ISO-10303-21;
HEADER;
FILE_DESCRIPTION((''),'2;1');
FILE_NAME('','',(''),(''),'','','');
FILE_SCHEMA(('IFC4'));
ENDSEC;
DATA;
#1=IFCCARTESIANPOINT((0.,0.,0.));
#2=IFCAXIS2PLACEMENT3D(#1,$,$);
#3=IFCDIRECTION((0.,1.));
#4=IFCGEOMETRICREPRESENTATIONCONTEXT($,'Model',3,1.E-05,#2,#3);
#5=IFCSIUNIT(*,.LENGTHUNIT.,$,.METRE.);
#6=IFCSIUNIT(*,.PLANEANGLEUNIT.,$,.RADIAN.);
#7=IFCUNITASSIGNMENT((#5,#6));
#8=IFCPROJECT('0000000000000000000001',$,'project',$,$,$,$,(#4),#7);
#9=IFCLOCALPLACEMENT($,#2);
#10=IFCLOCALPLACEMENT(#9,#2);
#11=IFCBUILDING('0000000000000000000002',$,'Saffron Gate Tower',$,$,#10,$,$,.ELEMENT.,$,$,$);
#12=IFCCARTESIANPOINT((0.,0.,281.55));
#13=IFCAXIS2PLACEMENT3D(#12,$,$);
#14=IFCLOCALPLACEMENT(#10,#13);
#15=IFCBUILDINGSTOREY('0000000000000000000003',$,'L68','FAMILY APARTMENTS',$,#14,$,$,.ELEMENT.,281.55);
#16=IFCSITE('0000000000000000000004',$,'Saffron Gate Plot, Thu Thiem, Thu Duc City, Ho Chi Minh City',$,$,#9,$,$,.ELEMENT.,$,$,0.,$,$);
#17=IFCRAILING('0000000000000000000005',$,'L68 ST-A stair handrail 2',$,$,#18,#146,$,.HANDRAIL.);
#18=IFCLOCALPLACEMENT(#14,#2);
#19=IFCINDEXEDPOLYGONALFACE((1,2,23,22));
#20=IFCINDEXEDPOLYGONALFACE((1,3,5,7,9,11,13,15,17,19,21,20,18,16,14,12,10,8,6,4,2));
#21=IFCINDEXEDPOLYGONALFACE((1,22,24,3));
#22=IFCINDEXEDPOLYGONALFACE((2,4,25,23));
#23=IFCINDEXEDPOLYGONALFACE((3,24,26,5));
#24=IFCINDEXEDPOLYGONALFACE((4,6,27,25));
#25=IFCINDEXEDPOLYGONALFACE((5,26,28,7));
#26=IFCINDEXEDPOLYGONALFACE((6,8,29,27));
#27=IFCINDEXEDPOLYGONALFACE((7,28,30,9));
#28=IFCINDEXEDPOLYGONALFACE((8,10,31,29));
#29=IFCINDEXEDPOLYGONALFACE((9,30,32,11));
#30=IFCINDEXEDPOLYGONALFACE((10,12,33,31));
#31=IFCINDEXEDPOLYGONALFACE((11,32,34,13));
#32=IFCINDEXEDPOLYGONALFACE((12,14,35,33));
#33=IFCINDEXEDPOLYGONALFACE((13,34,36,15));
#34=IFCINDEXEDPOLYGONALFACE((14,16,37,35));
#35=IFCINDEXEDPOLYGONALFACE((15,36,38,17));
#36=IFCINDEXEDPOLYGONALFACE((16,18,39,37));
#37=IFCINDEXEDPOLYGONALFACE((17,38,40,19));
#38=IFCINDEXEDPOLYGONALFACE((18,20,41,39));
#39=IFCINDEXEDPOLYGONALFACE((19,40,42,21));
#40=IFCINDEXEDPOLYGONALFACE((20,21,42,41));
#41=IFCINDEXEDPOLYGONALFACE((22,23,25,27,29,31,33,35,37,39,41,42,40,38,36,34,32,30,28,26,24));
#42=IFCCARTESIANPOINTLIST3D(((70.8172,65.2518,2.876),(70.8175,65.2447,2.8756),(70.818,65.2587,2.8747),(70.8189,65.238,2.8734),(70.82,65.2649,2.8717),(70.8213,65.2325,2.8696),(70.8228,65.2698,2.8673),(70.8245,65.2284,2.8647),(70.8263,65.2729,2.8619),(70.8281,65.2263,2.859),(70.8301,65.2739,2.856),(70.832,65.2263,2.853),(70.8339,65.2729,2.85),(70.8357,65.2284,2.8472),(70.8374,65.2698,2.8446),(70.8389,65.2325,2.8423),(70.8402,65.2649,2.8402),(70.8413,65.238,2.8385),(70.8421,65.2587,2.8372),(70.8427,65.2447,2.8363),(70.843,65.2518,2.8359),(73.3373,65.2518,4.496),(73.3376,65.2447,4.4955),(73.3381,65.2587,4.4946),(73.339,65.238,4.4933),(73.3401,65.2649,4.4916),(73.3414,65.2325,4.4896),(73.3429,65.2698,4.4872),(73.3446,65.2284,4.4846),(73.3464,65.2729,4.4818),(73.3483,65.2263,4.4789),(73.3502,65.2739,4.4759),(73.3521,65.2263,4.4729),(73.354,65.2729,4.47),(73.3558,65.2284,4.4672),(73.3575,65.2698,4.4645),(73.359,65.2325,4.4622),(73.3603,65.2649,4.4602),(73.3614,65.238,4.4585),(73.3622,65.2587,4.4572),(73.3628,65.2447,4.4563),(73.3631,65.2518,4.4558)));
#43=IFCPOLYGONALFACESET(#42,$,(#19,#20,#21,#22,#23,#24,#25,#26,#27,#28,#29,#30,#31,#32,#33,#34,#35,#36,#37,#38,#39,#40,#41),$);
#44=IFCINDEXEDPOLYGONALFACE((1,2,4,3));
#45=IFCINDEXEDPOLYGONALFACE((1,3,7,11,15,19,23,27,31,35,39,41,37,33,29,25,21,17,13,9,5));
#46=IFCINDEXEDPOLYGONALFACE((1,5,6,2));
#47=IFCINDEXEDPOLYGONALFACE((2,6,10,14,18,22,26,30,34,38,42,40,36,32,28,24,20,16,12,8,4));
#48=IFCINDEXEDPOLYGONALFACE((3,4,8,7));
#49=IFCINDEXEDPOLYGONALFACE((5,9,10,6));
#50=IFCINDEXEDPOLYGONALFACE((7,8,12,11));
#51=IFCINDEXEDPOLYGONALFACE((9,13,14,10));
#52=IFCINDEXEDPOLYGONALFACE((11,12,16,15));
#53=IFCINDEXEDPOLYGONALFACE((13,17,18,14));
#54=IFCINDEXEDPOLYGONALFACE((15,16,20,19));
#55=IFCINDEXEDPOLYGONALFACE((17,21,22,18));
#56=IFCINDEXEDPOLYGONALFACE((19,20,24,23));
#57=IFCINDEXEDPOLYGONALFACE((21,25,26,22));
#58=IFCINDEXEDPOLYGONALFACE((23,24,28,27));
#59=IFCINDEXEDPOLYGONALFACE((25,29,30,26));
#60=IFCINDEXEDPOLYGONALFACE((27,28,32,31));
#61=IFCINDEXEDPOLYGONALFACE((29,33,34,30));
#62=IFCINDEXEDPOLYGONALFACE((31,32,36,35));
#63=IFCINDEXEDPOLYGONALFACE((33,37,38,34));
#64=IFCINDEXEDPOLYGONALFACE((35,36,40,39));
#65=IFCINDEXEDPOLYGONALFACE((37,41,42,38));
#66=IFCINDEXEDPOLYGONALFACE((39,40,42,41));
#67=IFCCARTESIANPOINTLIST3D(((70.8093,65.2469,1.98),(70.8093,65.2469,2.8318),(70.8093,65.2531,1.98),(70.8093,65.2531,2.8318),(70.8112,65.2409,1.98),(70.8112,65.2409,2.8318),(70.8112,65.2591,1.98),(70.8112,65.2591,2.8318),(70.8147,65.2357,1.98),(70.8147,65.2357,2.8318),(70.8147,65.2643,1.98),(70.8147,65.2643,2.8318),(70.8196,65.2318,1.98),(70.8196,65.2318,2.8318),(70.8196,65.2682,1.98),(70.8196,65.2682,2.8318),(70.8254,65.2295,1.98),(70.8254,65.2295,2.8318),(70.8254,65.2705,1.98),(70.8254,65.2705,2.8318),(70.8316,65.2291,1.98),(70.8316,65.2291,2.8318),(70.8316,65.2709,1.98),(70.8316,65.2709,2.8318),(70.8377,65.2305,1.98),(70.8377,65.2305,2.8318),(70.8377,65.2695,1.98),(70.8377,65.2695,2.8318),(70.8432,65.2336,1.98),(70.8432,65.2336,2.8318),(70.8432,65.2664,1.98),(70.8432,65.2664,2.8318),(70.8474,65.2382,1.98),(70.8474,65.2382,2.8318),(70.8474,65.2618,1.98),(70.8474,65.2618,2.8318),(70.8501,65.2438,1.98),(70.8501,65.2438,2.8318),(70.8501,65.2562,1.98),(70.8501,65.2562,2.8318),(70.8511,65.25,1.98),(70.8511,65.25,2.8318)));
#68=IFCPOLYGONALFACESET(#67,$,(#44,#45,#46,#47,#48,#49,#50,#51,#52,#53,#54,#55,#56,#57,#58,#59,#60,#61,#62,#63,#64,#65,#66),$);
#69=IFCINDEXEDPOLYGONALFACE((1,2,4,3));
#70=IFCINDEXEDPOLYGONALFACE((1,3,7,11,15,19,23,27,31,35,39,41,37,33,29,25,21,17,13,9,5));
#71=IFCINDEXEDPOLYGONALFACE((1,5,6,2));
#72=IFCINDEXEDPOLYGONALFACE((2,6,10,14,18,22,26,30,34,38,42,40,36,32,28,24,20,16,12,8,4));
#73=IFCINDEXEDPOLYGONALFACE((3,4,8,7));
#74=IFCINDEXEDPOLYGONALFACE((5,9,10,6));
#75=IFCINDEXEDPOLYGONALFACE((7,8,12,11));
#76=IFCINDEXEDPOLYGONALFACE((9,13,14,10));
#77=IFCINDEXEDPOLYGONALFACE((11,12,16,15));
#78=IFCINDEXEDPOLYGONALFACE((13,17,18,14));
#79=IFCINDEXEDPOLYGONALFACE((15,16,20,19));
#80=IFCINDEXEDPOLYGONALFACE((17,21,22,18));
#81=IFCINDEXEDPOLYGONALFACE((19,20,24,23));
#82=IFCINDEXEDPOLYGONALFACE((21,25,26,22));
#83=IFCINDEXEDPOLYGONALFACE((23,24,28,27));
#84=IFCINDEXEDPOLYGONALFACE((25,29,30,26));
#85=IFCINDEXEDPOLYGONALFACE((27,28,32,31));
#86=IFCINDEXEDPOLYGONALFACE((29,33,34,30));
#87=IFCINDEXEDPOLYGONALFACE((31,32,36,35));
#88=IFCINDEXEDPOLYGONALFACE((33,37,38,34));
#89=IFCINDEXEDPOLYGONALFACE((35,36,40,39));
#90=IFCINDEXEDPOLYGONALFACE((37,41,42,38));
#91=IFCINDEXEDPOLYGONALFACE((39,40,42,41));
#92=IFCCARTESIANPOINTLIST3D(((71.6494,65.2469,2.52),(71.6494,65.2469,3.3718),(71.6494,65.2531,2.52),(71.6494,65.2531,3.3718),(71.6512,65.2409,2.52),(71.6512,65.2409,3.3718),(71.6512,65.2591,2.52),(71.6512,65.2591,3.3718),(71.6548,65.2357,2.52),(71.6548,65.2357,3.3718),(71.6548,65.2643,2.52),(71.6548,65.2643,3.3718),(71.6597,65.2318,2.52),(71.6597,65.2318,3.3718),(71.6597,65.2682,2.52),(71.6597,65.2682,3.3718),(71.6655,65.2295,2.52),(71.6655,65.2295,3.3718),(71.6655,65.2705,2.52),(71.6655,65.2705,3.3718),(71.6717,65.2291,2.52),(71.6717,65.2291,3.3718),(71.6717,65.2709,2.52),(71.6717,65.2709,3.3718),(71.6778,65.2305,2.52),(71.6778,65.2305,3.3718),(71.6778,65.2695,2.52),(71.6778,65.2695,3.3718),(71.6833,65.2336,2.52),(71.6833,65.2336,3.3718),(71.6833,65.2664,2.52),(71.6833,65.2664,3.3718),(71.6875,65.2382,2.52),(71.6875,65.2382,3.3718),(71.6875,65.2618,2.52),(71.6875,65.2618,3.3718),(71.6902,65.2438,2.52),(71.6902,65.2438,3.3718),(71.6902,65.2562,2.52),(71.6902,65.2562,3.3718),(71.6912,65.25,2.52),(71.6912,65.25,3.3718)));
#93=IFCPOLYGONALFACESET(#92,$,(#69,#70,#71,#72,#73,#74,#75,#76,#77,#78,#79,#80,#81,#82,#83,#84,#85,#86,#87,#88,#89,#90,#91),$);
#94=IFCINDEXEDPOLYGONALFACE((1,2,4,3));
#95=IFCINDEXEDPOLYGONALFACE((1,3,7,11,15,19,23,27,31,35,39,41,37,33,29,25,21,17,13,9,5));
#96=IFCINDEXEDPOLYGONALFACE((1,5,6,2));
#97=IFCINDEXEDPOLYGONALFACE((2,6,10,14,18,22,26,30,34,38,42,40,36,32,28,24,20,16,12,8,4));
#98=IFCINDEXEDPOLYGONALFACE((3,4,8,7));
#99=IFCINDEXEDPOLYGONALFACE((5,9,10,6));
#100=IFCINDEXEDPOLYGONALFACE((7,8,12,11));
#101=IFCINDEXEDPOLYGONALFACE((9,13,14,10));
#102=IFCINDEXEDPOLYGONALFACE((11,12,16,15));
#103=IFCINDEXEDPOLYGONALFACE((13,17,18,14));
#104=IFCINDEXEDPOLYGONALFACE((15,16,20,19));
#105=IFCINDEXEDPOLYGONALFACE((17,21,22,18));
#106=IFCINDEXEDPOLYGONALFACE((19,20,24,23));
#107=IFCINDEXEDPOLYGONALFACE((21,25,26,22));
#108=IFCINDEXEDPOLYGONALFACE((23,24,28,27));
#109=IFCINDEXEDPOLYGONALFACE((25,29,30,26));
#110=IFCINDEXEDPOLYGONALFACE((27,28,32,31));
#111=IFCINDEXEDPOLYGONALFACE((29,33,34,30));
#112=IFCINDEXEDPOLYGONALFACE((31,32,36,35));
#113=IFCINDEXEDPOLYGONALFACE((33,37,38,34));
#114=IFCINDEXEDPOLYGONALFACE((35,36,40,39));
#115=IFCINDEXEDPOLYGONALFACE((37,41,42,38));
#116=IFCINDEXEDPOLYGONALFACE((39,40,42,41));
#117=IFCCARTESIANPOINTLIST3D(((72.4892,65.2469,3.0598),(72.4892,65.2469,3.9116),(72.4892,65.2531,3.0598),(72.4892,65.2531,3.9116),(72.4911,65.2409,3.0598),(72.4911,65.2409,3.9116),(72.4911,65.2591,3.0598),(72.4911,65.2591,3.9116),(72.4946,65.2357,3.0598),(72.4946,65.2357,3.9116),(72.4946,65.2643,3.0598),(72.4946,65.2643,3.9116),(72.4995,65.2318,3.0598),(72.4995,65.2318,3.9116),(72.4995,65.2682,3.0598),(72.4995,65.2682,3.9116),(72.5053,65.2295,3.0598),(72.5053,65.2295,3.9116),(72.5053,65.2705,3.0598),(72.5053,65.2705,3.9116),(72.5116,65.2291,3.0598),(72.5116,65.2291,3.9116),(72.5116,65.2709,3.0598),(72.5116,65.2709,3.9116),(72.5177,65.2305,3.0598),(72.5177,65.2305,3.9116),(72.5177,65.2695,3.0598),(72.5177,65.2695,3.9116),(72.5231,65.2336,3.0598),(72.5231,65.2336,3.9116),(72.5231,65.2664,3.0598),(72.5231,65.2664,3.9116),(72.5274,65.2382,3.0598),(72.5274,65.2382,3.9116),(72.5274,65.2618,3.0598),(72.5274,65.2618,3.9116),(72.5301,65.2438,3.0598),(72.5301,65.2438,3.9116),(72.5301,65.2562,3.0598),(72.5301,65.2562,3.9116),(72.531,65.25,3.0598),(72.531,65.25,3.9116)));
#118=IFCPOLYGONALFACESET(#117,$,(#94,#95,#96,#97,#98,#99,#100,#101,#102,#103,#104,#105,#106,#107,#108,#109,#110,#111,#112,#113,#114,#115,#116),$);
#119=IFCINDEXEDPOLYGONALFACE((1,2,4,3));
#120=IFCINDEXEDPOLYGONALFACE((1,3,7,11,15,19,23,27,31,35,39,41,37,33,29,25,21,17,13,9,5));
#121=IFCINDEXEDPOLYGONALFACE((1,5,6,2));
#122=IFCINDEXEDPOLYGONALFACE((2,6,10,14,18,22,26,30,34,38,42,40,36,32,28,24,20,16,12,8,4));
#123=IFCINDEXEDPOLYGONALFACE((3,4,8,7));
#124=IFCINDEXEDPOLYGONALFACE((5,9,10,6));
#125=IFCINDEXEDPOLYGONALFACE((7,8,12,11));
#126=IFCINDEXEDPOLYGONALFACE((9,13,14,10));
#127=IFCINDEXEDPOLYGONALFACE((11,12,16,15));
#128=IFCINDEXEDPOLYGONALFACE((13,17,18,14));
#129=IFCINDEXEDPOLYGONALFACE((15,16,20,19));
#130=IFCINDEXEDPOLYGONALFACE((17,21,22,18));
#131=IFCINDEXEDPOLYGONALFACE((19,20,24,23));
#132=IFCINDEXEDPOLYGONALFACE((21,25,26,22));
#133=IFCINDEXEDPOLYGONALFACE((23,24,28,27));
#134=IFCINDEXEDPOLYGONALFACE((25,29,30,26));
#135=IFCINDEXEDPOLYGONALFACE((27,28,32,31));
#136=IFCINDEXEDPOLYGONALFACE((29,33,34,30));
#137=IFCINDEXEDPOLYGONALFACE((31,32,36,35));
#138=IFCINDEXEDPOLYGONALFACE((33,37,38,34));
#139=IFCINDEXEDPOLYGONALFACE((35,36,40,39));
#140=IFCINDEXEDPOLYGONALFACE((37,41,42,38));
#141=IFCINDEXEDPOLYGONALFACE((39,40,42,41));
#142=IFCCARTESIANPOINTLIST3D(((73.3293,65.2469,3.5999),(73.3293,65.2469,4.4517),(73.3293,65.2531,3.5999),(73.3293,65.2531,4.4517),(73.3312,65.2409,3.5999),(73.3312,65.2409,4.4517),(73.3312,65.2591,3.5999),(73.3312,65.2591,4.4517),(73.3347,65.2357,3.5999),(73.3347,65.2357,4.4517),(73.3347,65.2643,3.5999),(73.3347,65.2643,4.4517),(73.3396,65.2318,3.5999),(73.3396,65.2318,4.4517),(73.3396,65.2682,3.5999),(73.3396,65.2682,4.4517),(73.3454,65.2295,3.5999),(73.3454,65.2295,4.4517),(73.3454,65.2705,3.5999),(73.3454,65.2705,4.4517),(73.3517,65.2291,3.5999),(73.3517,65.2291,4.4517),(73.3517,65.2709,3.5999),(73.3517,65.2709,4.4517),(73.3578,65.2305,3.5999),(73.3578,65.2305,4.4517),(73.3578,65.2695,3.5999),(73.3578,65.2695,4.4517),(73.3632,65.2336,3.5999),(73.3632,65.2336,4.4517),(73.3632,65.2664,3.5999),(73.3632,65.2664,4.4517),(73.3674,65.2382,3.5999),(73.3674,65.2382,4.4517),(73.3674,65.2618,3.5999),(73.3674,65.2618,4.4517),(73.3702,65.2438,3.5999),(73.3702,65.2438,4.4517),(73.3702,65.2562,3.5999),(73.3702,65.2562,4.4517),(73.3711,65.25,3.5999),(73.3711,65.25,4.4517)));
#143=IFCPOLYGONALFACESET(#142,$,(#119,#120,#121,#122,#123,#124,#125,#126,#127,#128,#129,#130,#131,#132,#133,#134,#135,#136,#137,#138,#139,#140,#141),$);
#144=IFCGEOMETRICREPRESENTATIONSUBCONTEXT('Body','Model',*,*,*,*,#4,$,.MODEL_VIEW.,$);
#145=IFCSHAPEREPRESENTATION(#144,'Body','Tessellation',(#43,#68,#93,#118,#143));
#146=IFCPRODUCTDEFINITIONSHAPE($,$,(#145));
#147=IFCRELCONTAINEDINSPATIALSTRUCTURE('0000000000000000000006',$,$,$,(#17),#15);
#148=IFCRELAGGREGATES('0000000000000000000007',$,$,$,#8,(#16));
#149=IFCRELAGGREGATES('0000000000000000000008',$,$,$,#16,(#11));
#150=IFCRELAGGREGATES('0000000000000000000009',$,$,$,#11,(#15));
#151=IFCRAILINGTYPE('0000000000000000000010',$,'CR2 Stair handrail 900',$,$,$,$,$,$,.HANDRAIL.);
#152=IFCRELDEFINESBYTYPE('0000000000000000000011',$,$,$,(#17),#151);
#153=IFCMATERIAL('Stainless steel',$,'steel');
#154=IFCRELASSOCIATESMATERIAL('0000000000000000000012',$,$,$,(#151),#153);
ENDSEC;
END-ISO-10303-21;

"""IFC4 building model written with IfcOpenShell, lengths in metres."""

from ifc_helpers import new_model, si_unit, direction, frame, origin, origin_2d, place, context, subcontext, project, spatial, circle, extrude, material, type_object, element, save


model = new_model("IFC4")

# Units and contexts
model_context = context("Model", 3, precision=1e-05, world=origin(), true_north=direction((0.0, 1.0)))
body_context = subcontext(model_context, "Body", "Model", "MODEL_VIEW")
ifc_project = project(units=[si_unit("LENGTHUNIT", "METRE"), si_unit("PLANEANGLEUNIT", "RADIAN")], contexts=[model_context])

# Site, building, storey
site_placement = place(None, origin())
site = spatial("IfcSite", under=ifc_project, at=site_placement, Name="Saffron Gate Plot, Thu Thiem, Thu Duc City, Ho Chi Minh City", CompositionType="ELEMENT", RefElevation=0.0)
building_placement = place(site_placement, origin())
building = spatial("IfcBuilding", under=site, at=building_placement, Name="Saffron Gate Tower", CompositionType="ELEMENT")
storey_placement = place(building_placement, frame((0.0, 0.0, 281.55)))
storey = spatial("IfcBuildingStorey", under=building, at=storey_placement, Name="L68", Description="FAMILY APARTMENTS", CompositionType="ELEMENT", Elevation=281.55)

# Railing
ifc_material_1 = material(Name="Stainless steel", Category="steel")
railing_type_1 = type_object("IfcRailingType", Name="CR2 Stair handrail 900", PredefinedType="HANDRAIL", material=ifc_material_1)
railing_1_placement = place(storey_placement, frame((70.8301, 65.25, 1.98)))
element("IfcRailing", 1, at=railing_1_placement, inside=storey, type_object=railing_type_1, Name="L68 ST-A stair handrail 2", PredefinedType="HANDRAIL", context=body_context, shape_type="SweptSolid", body=[
    extrude(circle(Radius=0.0239, at=origin_2d()), frame((0.0, 0.0, 0.876), z_axis=(0.8412, 0.0, 0.540725), x_axis=(0.0, 1.0, 0.0)), (0.0, 0.0, 1.0), 2.9958),
    extrude(circle(Radius=0.021, at=origin_2d()), origin(), (0.0, 0.0, 1.0), 0.8518),
    extrude(circle(Radius=0.021, at=origin_2d()), frame((0.8401, 0.0, 0.54)), (0.0, 0.0, 1.0), 0.8518),
    extrude(circle(Radius=0.021, at=origin_2d()), frame((1.6799, 0.0, 1.0798)), (0.0, 0.0, 1.0), 0.8518),
    extrude(circle(Radius=0.021, at=origin_2d()), frame((2.52, 0.0, 1.6199)), (0.0, 0.0, 1.0), 0.8518),
])

save(model, "model.ifc")
